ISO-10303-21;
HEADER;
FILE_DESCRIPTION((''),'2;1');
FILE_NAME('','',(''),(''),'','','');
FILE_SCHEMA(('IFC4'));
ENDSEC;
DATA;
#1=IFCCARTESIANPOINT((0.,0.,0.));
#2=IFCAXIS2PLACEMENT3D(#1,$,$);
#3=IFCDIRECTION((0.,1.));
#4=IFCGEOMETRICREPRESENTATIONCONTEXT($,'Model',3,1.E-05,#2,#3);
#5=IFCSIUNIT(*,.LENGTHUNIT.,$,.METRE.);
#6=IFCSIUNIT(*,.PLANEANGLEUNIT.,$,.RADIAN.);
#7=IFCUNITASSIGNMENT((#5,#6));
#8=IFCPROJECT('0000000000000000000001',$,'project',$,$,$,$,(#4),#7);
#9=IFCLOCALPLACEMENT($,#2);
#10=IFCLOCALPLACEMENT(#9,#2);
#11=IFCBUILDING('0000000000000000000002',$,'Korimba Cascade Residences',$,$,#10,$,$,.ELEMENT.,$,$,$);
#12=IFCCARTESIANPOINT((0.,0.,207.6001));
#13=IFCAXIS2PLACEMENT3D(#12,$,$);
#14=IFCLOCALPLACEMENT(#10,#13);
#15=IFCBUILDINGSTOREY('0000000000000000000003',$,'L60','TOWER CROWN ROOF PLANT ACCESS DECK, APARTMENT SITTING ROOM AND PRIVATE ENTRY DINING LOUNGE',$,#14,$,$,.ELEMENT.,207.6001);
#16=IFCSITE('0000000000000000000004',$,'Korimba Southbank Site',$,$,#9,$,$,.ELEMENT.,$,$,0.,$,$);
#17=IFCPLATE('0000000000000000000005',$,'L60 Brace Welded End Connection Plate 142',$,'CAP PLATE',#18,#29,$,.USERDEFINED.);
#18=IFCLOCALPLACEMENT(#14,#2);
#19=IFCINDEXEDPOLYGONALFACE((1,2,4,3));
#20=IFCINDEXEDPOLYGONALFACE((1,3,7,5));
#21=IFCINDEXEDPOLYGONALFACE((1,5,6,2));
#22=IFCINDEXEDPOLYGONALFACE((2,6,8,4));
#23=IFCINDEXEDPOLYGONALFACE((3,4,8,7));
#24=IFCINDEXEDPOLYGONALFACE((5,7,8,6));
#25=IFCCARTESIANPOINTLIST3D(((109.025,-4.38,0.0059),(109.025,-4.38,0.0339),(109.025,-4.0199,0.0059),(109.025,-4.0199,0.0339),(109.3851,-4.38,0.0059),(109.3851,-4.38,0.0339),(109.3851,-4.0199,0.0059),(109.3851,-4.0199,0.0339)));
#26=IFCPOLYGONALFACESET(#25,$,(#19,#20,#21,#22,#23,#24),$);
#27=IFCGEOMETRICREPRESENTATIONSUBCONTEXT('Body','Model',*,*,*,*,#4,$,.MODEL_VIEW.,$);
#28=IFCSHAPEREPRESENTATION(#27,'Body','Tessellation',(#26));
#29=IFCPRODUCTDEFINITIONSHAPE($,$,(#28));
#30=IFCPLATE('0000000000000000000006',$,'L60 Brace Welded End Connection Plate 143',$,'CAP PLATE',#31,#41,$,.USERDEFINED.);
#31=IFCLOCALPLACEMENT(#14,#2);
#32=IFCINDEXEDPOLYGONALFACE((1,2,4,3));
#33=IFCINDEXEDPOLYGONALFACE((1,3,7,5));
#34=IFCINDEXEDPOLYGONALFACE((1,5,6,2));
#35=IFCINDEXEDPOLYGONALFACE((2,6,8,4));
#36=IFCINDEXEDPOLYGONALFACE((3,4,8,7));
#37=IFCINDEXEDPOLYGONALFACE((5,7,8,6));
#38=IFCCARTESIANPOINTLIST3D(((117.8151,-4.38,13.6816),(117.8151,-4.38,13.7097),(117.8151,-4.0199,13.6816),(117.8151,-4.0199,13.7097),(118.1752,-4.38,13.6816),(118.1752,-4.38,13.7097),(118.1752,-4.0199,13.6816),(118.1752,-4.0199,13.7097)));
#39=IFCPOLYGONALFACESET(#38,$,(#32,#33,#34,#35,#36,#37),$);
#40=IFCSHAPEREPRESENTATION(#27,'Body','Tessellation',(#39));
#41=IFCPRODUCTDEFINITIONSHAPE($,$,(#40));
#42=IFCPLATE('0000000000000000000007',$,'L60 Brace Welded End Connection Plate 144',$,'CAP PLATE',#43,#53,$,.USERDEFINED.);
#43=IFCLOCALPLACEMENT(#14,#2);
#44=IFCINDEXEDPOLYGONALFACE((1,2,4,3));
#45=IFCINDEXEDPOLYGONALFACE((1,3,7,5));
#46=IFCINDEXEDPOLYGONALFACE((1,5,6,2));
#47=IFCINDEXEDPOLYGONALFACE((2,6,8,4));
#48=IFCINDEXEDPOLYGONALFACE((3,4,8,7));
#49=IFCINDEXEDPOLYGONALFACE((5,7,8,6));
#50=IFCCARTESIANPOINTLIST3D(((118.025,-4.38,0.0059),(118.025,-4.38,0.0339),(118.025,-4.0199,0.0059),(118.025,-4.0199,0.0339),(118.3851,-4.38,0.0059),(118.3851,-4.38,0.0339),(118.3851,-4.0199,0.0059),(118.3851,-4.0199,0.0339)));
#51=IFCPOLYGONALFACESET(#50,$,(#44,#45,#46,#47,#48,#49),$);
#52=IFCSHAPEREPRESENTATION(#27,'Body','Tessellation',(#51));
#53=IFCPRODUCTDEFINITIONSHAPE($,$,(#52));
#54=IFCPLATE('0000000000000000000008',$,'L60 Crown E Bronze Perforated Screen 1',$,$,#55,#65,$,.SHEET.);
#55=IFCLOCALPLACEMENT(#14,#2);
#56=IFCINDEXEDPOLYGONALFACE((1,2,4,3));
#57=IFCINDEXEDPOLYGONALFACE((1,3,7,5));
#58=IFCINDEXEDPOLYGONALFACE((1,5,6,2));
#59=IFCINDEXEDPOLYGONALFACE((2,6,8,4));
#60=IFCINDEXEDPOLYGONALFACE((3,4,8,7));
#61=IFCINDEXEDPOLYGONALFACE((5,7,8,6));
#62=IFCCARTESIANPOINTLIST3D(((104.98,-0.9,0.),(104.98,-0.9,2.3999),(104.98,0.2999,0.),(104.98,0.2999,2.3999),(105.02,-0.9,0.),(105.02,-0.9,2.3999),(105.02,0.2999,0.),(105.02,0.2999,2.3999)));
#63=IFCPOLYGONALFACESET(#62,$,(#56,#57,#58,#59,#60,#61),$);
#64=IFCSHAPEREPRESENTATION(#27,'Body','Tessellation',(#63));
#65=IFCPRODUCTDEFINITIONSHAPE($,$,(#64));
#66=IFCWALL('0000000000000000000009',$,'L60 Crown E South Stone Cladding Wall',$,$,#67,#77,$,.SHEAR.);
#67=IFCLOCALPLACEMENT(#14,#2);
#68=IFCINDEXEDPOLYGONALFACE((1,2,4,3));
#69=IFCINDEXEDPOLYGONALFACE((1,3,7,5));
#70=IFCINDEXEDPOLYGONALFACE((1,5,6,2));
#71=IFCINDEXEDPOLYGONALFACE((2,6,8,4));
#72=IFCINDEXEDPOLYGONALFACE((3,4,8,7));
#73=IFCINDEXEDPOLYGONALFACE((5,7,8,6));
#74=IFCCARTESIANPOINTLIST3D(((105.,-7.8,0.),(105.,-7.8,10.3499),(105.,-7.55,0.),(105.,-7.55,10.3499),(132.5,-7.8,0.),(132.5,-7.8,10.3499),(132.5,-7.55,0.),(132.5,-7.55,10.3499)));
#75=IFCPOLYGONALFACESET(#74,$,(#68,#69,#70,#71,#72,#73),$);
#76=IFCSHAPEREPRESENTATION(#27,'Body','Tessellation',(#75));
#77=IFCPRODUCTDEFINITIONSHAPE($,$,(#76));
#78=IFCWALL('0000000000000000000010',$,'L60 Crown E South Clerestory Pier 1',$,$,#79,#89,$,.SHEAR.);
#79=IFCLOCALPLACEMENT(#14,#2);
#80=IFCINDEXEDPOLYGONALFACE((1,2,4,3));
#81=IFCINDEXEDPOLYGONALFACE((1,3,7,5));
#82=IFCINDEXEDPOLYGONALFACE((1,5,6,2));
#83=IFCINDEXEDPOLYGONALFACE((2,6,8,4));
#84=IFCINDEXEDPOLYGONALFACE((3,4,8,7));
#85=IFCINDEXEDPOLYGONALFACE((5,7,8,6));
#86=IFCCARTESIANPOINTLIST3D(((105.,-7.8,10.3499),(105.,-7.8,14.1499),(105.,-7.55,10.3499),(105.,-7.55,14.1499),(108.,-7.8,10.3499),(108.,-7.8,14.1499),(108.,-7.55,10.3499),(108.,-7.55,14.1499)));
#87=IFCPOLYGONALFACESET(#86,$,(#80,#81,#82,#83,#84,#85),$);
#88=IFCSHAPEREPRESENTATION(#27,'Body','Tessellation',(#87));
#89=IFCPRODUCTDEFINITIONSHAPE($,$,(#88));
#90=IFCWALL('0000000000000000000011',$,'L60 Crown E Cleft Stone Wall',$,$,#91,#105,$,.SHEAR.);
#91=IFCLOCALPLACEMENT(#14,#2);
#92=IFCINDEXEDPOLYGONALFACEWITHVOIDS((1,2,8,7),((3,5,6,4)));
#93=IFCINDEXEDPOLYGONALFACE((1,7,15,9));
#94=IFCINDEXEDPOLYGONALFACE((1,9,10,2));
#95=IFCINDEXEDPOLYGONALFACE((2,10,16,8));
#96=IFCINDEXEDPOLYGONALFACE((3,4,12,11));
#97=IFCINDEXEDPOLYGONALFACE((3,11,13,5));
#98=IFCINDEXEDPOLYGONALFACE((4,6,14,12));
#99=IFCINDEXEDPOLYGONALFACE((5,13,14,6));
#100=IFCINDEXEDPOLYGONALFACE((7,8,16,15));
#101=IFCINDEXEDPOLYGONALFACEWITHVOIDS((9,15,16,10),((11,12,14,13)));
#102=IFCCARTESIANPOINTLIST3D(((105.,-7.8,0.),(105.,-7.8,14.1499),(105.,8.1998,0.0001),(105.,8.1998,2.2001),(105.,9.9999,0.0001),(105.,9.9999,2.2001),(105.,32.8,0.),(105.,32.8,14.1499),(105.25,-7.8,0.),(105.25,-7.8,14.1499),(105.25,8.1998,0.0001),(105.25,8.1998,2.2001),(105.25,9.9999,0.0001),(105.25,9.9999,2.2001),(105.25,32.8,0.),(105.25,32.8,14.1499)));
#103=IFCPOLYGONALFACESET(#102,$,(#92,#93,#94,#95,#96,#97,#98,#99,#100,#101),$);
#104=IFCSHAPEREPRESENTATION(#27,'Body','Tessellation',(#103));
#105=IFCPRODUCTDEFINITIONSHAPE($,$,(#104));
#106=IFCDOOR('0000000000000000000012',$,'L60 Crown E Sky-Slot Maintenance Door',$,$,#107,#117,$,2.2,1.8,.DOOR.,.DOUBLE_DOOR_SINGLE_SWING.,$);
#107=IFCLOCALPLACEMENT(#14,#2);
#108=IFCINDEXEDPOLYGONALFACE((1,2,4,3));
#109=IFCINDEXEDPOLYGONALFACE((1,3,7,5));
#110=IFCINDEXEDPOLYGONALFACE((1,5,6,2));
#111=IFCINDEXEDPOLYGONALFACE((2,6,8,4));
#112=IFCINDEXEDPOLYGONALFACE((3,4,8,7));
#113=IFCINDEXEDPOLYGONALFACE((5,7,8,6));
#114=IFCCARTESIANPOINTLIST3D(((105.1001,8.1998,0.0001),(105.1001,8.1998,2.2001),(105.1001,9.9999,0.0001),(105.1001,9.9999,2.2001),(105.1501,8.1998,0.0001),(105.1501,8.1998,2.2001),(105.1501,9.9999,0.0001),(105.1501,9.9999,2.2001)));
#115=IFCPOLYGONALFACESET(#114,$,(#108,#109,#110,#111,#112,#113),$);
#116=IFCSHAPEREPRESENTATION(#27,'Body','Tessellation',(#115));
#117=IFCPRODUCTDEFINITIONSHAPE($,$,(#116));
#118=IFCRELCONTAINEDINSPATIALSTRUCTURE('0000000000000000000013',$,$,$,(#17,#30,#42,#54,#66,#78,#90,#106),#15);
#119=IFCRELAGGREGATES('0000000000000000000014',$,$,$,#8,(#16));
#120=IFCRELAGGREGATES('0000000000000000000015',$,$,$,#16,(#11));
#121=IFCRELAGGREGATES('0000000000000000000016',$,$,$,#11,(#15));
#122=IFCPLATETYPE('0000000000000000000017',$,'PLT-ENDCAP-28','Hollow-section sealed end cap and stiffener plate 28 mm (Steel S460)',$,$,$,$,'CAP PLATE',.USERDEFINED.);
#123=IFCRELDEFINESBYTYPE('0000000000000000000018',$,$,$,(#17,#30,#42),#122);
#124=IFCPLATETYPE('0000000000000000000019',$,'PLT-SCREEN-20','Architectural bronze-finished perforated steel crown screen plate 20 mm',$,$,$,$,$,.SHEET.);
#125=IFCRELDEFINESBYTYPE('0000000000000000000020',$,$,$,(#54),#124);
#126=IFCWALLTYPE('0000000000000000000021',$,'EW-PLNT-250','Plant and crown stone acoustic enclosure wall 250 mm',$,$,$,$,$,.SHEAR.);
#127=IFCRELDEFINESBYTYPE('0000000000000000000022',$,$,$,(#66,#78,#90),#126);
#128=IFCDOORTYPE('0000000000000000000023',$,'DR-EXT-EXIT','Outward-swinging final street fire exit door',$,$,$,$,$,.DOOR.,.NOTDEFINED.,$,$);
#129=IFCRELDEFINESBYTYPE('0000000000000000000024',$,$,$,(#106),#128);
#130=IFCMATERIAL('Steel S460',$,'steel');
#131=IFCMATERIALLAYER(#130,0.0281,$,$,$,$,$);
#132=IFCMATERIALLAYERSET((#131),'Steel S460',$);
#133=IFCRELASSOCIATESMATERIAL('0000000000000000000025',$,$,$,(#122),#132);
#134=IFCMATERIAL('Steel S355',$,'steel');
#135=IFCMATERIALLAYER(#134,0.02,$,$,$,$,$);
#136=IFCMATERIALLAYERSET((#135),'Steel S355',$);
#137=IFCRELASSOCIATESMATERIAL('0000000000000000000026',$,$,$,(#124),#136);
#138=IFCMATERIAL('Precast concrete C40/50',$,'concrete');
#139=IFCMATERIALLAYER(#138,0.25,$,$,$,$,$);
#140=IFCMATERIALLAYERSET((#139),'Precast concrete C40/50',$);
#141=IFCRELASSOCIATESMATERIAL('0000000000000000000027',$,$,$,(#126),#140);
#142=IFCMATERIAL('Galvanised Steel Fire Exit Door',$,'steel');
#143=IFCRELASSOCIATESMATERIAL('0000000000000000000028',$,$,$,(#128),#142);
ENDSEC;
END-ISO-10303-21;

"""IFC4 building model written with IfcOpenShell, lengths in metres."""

from ifc_helpers import new_model, si_unit, direction, frame, frame_2d, origin, origin_2d, place, context, subcontext, project, spatial, rectangle, extrude, material, layer, layer_set, type_object, element, fill, save


model = new_model("IFC4")

# Units and contexts
model_context = context("Model", 3, precision=1e-05, world=origin(), true_north=direction((0.0, 1.0)))
body_context = subcontext(model_context, "Body", "Model", "MODEL_VIEW")
ifc_project = project(units=[si_unit("LENGTHUNIT", "METRE"), si_unit("PLANEANGLEUNIT", "RADIAN")], contexts=[model_context])

# Site, building, storey
site_placement = place(None, origin())
site = spatial("IfcSite", under=ifc_project, at=site_placement, Name="Korimba Southbank Site", CompositionType="ELEMENT", RefElevation=0.0)
building_placement = place(site_placement, origin())
building = spatial("IfcBuilding", under=site, at=building_placement, Name="Korimba Cascade Residences", CompositionType="ELEMENT")
storey_placement = place(building_placement, frame((0.0, 0.0, 207.6001)))
storey = spatial("IfcBuildingStorey", under=building, at=storey_placement, Name="L60", Description="TOWER CROWN ROOF PLANT ACCESS DECK, APARTMENT SITTING ROOM AND PRIVATE ENTRY DINING LOUNGE", CompositionType="ELEMENT", Elevation=207.6001)

# Shared definitions
ifc_material_1 = material(Name="Steel S355", Category="steel")

# Plates
ifc_material_2 = material(Name="Steel S460", Category="steel")
ifc_layer_1 = layer(ifc_material_2, 0.0281)
ifc_layer_set_1 = layer_set([ifc_layer_1], Name="Steel S460")
plate_type_1 = type_object("IfcPlateType", Name="PLT-ENDCAP-28", Description="Hollow-section sealed end cap and stiffener plate 28 mm (Steel S460)", ElementType="CAP PLATE", PredefinedType="USERDEFINED", material=ifc_layer_set_1)
for number, where, z_axis, x_axis, name in (
    (1, (109.2051, -4.2, 0.0059), (0.0, 0.0, 1.0), (1.0, 0.0, 0.0), "L60 Brace Welded End Connection Plate 142"),
    (2, (117.9951, -4.2, 13.6816), (0.0, 0.0, 1.0), (1.0, 0.0, 0.0), "L60 Brace Welded End Connection Plate 143"),
    (3, (118.2051, -4.2, 0.0059), (0.0, 0.0, 1.0), (1.0, 0.0, 0.0), "L60 Brace Welded End Connection Plate 144"),
):
    element("IfcPlate", number, at=place(storey_placement, frame(where, z_axis=z_axis, x_axis=x_axis)), inside=storey, type_object=plate_type_1, Name=name, ObjectType="CAP PLATE", PredefinedType="USERDEFINED", context=body_context, shape_type="SweptSolid", body=[
        extrude(rectangle(XDim=0.3601, YDim=0.3601, at=origin_2d()), origin(), (0.0, 0.0, 1.0), 0.0281),
    ])
ifc_layer_2 = layer(ifc_material_1, 0.02)
ifc_layer_set_2 = layer_set([ifc_layer_2], Name="Steel S355")
plate_type_2 = type_object("IfcPlateType", Name="PLT-SCREEN-20", Description="Architectural bronze-finished perforated steel crown screen plate 20 mm", PredefinedType="SHEET", material=ifc_layer_set_2)
plate_1_placement = place(storey_placement, frame((105.0, -0.3, 0.0), z_axis=(0.0, 0.0, 1.0), x_axis=(1.0, 0.0, 0.0)))
element("IfcPlate", 4, at=plate_1_placement, inside=storey, type_object=plate_type_2, Name="L60 Crown E Bronze Perforated Screen 1", PredefinedType="SHEET", context=body_context, shape_type="SweptSolid", body=[
    extrude(rectangle(XDim=0.04, YDim=1.2, at=origin_2d()), origin(), (0.0, 0.0, 1.0), 2.3999),
])

# Walls
ifc_material_3 = material(Name="Precast concrete C40/50", Category="concrete")
ifc_layer_3 = layer(ifc_material_3, 0.25)
ifc_layer_set_3 = layer_set([ifc_layer_3], Name="Precast concrete C40/50")
wall_type = type_object("IfcWallType", Name="EW-PLNT-250", Description="Plant and crown stone acoustic enclosure wall 250 mm", PredefinedType="SHEAR", material=ifc_layer_set_3)
wall_1_placement = place(storey_placement, frame((105.0, -7.675, 0.0), z_axis=(0.0, 0.0, 1.0), x_axis=(1.0, 0.0, 0.0)))
element("IfcWall", 5, at=wall_1_placement, inside=storey, type_object=wall_type, Name="L60 Crown E South Stone Cladding Wall", PredefinedType="SHEAR", context=body_context, shape_type="SweptSolid", body=[
    extrude(rectangle(XDim=27.5, YDim=0.25, at=frame_2d((13.75, 0.0))), origin(), (0.0, 0.0, 1.0), 10.3499),
])
wall_2_placement = place(storey_placement, frame((105.0, -7.675, 10.3499), z_axis=(0.0, 0.0, 1.0), x_axis=(1.0, 0.0, 0.0)))
element("IfcWall", 6, at=wall_2_placement, inside=storey, type_object=wall_type, Name="L60 Crown E South Clerestory Pier 1", PredefinedType="SHEAR", context=body_context, shape_type="SweptSolid", body=[
    extrude(rectangle(XDim=3.0, YDim=0.25, at=frame_2d((1.5, 0.0))), origin(), (0.0, 0.0, 1.0), 3.8),
])

# Wall, opening, door
wall_3_placement = place(storey_placement, frame((105.125, -7.8, 0.0), z_axis=(0.0, 0.0, 1.0), x_axis=(0.0, 1.0, 0.0)))
wall_3 = element("IfcWall", 7, at=wall_3_placement, inside=storey, type_object=wall_type, Name="L60 Crown E Cleft Stone Wall", PredefinedType="SHEAR", context=body_context, shape_type="SweptSolid", body=[
    extrude(rectangle(XDim=40.6001, YDim=0.25, at=frame_2d((20.3, 0.0))), origin(), (0.0, 0.0, 1.0), 14.1499),
])
opening_placement = place(wall_3_placement, frame((16.0, 0.0, 0.0)))
opening = element("IfcOpeningElement", 8, at=opening_placement, cuts=wall_3, PredefinedType="OPENING", context=body_context, shape_type="SweptSolid", body=[
    extrude(rectangle(XDim=1.8, YDim=2.2, at=frame_2d((0.8999, 1.1001))), frame((0.0, 0.135, 0.0), z_axis=(0.0, -1.0, 0.0), x_axis=(1.0, 0.0, 0.0)), (0.0, 0.0, 1.0), 0.27),
])
ifc_material_4 = material(Name="Galvanised Steel Fire Exit Door", Category="steel")
door_type = type_object("IfcDoorType", Name="DR-EXT-EXIT", Description="Outward-swinging final street fire exit door", OperationType="NOTDEFINED", PredefinedType="DOOR", material=ifc_material_4)
door_placement = place(opening_placement, origin())
door = element("IfcDoor", 9, at=door_placement, inside=storey, type_object=door_type, Name="L60 Crown E Sky-Slot Maintenance Door", OperationType="DOUBLE_DOOR_SINGLE_SWING", OverallHeight=2.2, OverallWidth=1.8, PredefinedType="DOOR", context=body_context, shape_type="SweptSolid", body=[
    extrude(rectangle(XDim=1.8, YDim=2.2, at=frame_2d((0.8999, 1.1001))), frame((0.0, 0.0249, 0.0), z_axis=(0.0, -1.0, 0.0), x_axis=(1.0, 0.0, 0.0)), (0.0, 0.0, 1.0), 0.05),
])
fill(opening, door)

save(model, "model.ifc")
